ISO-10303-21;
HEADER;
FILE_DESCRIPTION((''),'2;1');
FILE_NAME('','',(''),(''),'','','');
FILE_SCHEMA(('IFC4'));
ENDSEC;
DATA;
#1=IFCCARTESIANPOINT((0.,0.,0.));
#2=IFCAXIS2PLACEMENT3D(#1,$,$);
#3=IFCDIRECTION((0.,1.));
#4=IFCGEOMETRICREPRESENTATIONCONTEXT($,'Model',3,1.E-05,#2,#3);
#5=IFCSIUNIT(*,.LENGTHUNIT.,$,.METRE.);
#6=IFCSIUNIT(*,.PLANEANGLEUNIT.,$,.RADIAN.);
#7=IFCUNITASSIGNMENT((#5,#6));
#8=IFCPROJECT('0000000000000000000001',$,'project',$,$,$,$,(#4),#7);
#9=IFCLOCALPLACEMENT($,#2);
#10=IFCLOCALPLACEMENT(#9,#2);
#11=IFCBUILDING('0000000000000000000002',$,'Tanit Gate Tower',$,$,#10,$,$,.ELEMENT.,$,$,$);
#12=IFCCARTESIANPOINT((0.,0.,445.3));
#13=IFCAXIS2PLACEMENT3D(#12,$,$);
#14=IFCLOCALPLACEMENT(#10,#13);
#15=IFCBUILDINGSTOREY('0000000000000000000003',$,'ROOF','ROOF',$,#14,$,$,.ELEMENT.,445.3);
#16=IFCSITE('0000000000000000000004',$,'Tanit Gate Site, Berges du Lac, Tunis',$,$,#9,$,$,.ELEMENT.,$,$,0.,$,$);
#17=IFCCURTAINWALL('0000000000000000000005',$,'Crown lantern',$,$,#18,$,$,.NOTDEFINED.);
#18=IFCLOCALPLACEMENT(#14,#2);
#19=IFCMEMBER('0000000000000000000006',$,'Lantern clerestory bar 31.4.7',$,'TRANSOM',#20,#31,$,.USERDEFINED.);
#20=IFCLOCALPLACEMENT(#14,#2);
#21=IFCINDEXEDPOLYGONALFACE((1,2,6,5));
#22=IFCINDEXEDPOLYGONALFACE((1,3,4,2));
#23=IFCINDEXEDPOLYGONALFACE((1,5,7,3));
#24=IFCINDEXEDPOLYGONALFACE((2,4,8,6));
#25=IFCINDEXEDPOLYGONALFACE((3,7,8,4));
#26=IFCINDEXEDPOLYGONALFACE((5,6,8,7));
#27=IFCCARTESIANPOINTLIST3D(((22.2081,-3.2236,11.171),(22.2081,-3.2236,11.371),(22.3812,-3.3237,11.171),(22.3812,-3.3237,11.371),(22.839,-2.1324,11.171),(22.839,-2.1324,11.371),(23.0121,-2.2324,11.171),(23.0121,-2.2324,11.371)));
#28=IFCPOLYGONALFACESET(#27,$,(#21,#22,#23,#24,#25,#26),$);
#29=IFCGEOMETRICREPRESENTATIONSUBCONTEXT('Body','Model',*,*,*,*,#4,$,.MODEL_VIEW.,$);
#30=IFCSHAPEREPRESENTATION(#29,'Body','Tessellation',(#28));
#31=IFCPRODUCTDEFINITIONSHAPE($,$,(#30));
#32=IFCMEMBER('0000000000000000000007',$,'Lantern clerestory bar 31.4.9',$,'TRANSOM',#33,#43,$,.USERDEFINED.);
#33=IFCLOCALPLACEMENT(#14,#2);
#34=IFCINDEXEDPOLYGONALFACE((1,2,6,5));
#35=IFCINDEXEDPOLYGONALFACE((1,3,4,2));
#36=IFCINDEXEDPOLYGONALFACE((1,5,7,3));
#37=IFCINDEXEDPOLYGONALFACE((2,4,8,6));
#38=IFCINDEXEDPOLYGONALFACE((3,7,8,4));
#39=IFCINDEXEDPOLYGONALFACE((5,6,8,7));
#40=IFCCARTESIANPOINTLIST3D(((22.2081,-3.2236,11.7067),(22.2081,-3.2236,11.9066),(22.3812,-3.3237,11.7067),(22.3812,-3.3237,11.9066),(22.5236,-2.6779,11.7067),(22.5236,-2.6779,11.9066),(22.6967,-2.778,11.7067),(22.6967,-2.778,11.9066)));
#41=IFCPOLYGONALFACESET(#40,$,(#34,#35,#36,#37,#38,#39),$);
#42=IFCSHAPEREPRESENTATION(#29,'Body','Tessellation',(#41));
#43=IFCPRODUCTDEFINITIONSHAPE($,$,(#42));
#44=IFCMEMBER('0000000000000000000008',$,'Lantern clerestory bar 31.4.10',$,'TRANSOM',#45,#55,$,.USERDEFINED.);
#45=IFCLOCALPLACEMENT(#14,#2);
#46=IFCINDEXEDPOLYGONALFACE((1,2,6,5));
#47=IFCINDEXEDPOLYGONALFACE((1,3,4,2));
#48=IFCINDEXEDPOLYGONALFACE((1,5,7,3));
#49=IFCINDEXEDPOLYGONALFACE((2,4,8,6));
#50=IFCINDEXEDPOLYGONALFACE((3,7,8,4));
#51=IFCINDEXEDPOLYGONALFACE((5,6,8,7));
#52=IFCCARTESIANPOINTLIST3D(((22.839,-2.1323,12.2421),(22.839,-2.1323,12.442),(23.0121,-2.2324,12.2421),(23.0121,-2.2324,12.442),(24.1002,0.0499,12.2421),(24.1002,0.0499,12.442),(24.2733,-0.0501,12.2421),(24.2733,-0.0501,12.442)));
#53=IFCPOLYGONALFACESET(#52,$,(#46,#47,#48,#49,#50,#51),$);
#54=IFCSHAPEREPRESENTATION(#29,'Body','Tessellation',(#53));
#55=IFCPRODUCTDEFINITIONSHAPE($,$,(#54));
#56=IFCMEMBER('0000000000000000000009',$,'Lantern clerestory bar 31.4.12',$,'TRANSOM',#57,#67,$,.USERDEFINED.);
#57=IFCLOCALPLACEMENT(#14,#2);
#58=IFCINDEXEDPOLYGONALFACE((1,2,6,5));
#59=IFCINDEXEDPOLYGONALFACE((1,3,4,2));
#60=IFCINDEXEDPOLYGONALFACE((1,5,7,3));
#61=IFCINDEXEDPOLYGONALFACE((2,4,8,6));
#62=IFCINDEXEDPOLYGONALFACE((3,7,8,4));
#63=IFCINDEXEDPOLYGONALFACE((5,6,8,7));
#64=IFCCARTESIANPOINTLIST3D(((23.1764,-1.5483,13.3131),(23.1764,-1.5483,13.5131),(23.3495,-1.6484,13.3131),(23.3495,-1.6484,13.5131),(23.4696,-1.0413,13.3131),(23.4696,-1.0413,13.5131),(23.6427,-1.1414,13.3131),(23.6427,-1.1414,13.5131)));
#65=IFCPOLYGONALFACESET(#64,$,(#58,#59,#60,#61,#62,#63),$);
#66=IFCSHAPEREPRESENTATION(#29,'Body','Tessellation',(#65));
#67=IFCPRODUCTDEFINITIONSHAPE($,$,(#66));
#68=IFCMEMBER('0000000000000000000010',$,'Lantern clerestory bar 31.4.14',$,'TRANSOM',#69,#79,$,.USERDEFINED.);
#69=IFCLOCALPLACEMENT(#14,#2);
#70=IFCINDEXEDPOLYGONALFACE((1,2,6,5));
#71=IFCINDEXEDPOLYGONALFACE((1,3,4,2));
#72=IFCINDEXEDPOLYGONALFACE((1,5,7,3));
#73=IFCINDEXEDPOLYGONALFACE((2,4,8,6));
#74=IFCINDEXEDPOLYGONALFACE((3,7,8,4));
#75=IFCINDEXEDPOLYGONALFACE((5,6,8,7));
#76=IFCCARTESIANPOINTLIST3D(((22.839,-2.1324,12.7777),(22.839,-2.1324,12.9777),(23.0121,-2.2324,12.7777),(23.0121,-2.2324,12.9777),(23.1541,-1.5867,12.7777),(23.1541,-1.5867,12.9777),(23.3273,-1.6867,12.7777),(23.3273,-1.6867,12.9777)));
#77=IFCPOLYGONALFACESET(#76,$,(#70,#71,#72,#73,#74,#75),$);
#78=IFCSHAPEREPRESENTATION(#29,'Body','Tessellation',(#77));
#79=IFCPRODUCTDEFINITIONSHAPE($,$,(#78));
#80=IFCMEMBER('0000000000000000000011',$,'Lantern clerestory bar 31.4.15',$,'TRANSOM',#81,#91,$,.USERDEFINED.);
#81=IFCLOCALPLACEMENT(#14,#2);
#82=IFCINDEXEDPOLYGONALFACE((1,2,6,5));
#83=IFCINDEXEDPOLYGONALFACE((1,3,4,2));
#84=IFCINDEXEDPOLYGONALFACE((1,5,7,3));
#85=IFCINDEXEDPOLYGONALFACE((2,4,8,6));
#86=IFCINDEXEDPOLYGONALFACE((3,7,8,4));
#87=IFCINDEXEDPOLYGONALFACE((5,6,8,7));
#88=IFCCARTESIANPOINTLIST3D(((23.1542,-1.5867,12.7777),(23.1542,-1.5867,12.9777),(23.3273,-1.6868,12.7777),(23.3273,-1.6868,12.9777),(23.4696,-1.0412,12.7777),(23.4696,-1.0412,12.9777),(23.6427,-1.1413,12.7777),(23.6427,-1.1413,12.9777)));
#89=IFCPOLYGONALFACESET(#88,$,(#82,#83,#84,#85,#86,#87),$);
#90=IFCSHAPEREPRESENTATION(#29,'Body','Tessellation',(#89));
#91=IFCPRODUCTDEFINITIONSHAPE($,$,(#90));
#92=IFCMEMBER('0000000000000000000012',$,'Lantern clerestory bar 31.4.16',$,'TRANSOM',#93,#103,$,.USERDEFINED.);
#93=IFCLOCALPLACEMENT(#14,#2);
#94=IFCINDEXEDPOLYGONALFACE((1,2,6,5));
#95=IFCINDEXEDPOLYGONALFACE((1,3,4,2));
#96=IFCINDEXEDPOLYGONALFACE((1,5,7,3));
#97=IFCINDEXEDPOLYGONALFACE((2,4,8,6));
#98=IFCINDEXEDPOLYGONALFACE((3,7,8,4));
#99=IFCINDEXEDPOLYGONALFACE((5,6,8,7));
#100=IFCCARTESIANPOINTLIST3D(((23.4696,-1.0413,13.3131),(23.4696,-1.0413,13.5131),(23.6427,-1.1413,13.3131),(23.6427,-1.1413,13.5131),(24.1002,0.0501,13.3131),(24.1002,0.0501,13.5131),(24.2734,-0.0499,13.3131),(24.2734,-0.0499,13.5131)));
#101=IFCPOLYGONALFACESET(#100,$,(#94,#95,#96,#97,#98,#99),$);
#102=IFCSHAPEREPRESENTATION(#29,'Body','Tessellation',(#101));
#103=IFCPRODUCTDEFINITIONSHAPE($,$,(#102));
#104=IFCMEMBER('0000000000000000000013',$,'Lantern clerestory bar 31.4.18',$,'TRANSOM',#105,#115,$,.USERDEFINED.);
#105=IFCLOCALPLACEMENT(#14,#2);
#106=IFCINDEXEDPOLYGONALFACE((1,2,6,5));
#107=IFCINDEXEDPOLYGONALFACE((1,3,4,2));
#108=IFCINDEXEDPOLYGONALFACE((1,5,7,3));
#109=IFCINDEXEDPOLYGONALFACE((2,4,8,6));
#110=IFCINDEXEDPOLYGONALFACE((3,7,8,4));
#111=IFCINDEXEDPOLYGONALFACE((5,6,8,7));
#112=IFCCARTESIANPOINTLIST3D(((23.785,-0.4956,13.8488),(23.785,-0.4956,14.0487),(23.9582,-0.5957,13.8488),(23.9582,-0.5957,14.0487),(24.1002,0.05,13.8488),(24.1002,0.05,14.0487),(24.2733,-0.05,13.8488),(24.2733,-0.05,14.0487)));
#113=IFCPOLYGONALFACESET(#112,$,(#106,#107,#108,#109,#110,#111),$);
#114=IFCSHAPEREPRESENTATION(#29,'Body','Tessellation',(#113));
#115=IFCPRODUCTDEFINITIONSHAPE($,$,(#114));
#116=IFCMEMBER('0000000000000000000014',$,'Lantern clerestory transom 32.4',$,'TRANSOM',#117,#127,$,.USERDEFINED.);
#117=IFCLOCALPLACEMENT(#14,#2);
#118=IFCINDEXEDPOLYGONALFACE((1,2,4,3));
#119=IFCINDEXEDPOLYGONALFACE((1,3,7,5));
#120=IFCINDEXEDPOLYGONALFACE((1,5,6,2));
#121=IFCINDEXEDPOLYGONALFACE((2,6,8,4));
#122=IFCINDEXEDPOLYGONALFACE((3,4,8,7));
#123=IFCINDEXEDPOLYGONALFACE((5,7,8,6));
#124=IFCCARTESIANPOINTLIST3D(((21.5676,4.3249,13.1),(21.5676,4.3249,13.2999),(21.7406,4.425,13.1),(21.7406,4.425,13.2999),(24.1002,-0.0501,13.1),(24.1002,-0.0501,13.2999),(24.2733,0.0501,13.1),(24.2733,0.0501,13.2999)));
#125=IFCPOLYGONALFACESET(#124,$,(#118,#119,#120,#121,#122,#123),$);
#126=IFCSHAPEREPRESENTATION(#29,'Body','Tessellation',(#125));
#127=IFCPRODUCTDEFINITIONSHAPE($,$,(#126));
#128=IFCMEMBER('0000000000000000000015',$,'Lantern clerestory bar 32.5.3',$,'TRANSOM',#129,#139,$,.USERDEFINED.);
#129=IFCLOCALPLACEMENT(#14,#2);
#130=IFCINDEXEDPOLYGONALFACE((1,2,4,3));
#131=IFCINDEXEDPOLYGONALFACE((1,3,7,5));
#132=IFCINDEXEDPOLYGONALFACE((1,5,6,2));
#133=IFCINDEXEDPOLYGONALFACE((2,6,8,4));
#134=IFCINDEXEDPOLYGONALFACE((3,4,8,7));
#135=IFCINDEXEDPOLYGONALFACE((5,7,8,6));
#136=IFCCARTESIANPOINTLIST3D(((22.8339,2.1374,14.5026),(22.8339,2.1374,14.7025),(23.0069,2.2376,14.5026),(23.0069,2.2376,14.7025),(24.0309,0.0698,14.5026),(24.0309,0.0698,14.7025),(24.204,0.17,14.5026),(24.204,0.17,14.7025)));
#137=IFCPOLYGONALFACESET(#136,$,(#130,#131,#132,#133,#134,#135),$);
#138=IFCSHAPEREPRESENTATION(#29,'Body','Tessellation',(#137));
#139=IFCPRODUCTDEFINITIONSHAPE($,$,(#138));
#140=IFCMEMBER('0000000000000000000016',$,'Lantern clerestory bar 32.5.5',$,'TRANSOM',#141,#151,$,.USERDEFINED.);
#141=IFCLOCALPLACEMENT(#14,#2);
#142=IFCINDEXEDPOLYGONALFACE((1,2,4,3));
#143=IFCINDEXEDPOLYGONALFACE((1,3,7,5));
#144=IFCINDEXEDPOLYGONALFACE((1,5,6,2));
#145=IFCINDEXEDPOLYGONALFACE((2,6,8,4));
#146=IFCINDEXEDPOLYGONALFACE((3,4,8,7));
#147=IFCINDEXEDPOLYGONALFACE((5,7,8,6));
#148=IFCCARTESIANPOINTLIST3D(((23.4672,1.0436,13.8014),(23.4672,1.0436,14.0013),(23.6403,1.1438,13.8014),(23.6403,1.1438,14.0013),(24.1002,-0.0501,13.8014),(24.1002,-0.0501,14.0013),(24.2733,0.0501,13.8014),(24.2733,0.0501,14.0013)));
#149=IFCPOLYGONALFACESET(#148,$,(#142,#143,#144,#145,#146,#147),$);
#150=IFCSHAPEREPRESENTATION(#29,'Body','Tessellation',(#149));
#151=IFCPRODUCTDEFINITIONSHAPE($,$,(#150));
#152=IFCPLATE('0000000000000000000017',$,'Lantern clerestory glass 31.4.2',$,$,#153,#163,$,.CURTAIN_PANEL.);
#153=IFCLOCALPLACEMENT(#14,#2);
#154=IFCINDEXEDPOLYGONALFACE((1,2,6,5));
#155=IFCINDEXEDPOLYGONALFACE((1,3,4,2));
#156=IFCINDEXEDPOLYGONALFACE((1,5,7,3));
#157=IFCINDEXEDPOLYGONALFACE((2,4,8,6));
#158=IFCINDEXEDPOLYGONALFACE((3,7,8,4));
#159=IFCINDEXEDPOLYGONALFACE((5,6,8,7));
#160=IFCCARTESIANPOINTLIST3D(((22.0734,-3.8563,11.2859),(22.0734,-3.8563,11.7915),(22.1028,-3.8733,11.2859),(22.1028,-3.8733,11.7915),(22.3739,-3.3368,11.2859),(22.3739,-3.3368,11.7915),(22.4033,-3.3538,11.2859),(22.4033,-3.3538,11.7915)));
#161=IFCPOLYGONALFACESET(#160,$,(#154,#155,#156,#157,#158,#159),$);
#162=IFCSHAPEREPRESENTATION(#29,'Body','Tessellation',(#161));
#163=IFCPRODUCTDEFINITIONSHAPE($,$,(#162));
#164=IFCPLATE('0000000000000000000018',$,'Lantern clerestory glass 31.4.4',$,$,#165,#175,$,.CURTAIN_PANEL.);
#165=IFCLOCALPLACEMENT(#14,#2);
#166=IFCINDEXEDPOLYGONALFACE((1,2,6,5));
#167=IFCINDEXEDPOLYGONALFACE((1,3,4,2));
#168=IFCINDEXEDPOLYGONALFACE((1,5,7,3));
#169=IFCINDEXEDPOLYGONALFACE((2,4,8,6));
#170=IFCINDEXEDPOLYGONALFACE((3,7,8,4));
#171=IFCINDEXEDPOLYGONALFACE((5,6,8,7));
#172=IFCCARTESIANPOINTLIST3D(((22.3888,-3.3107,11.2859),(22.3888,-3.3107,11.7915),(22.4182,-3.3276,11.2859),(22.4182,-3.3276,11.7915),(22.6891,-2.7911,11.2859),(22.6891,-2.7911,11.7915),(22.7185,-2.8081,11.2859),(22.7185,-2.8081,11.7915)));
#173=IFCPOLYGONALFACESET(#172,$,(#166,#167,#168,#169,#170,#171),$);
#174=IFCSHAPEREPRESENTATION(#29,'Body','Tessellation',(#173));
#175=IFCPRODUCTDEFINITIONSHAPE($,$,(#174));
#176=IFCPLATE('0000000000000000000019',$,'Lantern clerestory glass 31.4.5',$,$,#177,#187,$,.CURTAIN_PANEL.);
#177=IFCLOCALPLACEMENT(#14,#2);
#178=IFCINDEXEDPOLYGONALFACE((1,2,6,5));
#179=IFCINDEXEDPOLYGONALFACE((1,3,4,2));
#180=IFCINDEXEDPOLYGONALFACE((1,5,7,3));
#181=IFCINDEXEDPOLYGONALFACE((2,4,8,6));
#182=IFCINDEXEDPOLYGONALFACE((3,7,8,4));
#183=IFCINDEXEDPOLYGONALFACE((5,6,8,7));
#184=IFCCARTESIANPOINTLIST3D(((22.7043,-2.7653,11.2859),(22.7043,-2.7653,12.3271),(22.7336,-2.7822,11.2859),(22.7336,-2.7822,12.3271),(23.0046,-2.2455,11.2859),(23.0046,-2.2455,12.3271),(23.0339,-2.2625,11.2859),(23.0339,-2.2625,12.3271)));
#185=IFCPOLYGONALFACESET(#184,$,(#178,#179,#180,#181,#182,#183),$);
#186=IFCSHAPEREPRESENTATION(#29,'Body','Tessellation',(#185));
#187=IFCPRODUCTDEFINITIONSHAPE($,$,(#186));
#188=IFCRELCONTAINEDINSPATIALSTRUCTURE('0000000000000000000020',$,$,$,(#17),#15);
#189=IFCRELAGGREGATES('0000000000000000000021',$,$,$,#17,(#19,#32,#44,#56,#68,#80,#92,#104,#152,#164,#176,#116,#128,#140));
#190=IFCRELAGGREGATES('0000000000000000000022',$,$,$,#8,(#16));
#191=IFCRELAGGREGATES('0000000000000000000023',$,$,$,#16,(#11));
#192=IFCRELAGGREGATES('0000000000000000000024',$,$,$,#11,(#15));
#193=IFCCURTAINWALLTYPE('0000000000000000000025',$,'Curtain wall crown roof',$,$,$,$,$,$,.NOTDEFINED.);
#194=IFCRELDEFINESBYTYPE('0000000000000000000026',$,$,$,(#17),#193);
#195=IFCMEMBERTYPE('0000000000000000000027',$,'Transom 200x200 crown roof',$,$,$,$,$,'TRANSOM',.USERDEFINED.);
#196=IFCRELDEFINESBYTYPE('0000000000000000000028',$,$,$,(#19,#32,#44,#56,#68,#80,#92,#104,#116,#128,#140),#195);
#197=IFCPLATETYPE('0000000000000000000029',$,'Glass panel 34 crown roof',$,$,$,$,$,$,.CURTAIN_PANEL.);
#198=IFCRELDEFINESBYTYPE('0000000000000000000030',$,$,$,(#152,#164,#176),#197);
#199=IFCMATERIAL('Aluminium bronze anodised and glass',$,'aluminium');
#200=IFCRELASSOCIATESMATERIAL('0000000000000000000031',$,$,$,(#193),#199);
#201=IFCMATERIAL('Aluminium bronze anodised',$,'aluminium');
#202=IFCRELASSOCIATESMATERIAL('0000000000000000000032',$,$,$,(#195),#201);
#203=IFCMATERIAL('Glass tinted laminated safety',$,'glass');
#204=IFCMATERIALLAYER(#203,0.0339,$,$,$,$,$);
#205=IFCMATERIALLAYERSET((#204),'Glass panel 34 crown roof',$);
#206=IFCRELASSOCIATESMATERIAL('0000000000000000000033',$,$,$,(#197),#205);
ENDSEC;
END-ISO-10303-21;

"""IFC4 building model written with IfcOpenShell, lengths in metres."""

from ifc_helpers import new_model, si_unit, direction, frame, origin, origin_2d, place, context, subcontext, project, spatial, polyline, rectangle, outline, extrude, material, layer, layer_set, material_profile, profile_set, type_object, element, aggregate, save


model = new_model("IFC4")

# Units and contexts
model_context = context("Model", 3, precision=1e-05, world=origin(), true_north=direction((0.0, 1.0)))
body_context = subcontext(model_context, "Body", "Model", "MODEL_VIEW")
ifc_project = project(units=[si_unit("LENGTHUNIT", "METRE"), si_unit("PLANEANGLEUNIT", "RADIAN")], contexts=[model_context])

# Site, building, storey
site_placement = place(None, origin())
site = spatial("IfcSite", under=ifc_project, at=site_placement, Name="Tanit Gate Site, Berges du Lac, Tunis", CompositionType="ELEMENT", RefElevation=0.0)
building_placement = place(site_placement, origin())
building = spatial("IfcBuilding", under=site, at=building_placement, Name="Tanit Gate Tower", CompositionType="ELEMENT")
storey_placement = place(building_placement, frame((0.0, 0.0, 445.3)))
storey = spatial("IfcBuildingStorey", under=building, at=storey_placement, Name="ROOF", Description="ROOF", CompositionType="ELEMENT", Elevation=445.3)

# Curtain wall, members, plates
ifc_material_1 = material(Name="Aluminium bronze anodised and glass", Category="aluminium")
curtain_wall_type = type_object("IfcCurtainWallType", Name="Curtain wall crown roof", PredefinedType="NOTDEFINED", material=ifc_material_1)
curtain_wall_placement = place(storey_placement, origin())
curtain_wall = element("IfcCurtainWall", 1, at=curtain_wall_placement, inside=storey, type_object=curtain_wall_type, Name="Crown lantern", PredefinedType="NOTDEFINED")
ifc_material_2 = material(Name="Aluminium bronze anodised", Category="aluminium")
ifc_material_profile_1 = material_profile(ifc_material_2, rectangle(XDim=0.2, YDim=0.2, at=origin_2d()), Name="200x200 bronze transom")
ifc_profile_set_1 = profile_set([ifc_material_profile_1], Name="Aluminium bronze anodised")
member_type_1 = type_object("IfcMemberType", Name="Transom 200x200 crown roof", ElementType="TRANSOM", PredefinedType="USERDEFINED", material=ifc_profile_set_1)
member_1_placement = place(storey_placement, frame((22.2947, -3.2737, 11.271), z_axis=(0.500471, 0.865753, 0.0), x_axis=(-0.865753, 0.500471, 0.0)))
member_1 = element("IfcMember", 2, at=member_1_placement, type_object=member_type_1, Name="Lantern clerestory bar 31.4.7", ObjectType="TRANSOM", PredefinedType="USERDEFINED", context=body_context, shape_type="SweptSolid", body=[
    extrude(rectangle(XDim=0.2, YDim=0.2, at=origin_2d()), origin(), (0.0, 0.0, 1.0), 1.2605),
])
member_2_placement = place(storey_placement, frame((22.2947, -3.2737, 11.8066), z_axis=(0.500471, 0.865753, 0.0), x_axis=(-0.865753, 0.500471, 0.0)))
member_2 = element("IfcMember", 3, at=member_2_placement, type_object=member_type_1, Name="Lantern clerestory bar 31.4.9", ObjectType="TRANSOM", PredefinedType="USERDEFINED", context=body_context, shape_type="SweptSolid", body=[
    extrude(rectangle(XDim=0.2, YDim=0.2, at=origin_2d()), origin(), (0.0, 0.0, 1.0), 0.6304),
])
member_3_placement = place(storey_placement, frame((22.9255, -2.1824, 12.342), z_axis=(0.500368, 0.865813, 0.0), x_axis=(-0.865813, 0.500368, 0.0)))
member_3 = element("IfcMember", 4, at=member_3_placement, type_object=member_type_1, Name="Lantern clerestory bar 31.4.10", ObjectType="TRANSOM", PredefinedType="USERDEFINED", context=body_context, shape_type="SweptSolid", body=[
    extrude(rectangle(XDim=0.2, YDim=0.2, at=origin_2d()), origin(), (0.0, 0.0, 1.0), 2.5205),
])
member_4_placement = place(storey_placement, frame((23.2629, -1.5984, 13.4131), z_axis=(0.500576, 0.865692, 0.0), x_axis=(-0.865692, 0.500576, 0.0)))
member_4 = element("IfcMember", 5, at=member_4_placement, type_object=member_type_1, Name="Lantern clerestory bar 31.4.12", ObjectType="TRANSOM", PredefinedType="USERDEFINED", context=body_context, shape_type="SweptSolid", body=[
    extrude(rectangle(XDim=0.2, YDim=0.2, at=origin_2d()), origin(), (0.0, 0.0, 1.0), 0.5857),
])
member_5_placement = place(storey_placement, frame((22.9255, -2.1824, 12.8777), z_axis=(0.500181, 0.865921, 0.0), x_axis=(-0.865921, 0.500181, 0.0)))
member_5 = element("IfcMember", 6, at=member_5_placement, type_object=member_type_1, Name="Lantern clerestory bar 31.4.14", ObjectType="TRANSOM", PredefinedType="USERDEFINED", context=body_context, shape_type="SweptSolid", body=[
    extrude(rectangle(XDim=0.2, YDim=0.2, at=origin_2d()), origin(), (0.0, 0.0, 1.0), 0.6301),
])
member_6_placement = place(storey_placement, frame((23.2407, -1.6367, 12.8777), z_axis=(0.500639, 0.865656, 0.0), x_axis=(-0.865656, 0.500639, 0.0)))
member_6 = element("IfcMember", 7, at=member_6_placement, type_object=member_type_1, Name="Lantern clerestory bar 31.4.15", ObjectType="TRANSOM", PredefinedType="USERDEFINED", context=body_context, shape_type="SweptSolid", body=[
    extrude(rectangle(XDim=0.2, YDim=0.2, at=origin_2d()), origin(), (0.0, 0.0, 1.0), 0.6301),
])
member_7_placement = place(storey_placement, frame((23.5562, -1.0913, 13.4131), z_axis=(0.500326, 0.865837, 0.0), x_axis=(-0.865837, 0.500326, 0.0)))
member_7 = element("IfcMember", 8, at=member_7_placement, type_object=member_type_1, Name="Lantern clerestory bar 31.4.16", ObjectType="TRANSOM", PredefinedType="USERDEFINED", context=body_context, shape_type="SweptSolid", body=[
    extrude(rectangle(XDim=0.2, YDim=0.2, at=origin_2d()), origin(), (0.0, 0.0, 1.0), 1.2605),
])
member_8_placement = place(storey_placement, frame((23.8716, -0.5457, 13.9487), z_axis=(0.500181, 0.865921, 0.0), x_axis=(-0.865921, 0.500181, 0.0)))
member_8 = element("IfcMember", 9, at=member_8_placement, type_object=member_type_1, Name="Lantern clerestory bar 31.4.18", ObjectType="TRANSOM", PredefinedType="USERDEFINED", context=body_context, shape_type="SweptSolid", body=[
    extrude(rectangle(XDim=0.2, YDim=0.2, at=origin_2d()), origin(), (0.0, 0.0, 1.0), 0.6301),
])
member_9_placement = place(storey_placement, frame((24.1868, 0.0, 13.2), z_axis=(-0.50101, 0.865442, 0.0), x_axis=(-0.865442, -0.50101, 0.0)))
member_9 = element("IfcMember", 10, at=member_9_placement, type_object=member_type_1, Name="Lantern clerestory transom 32.4", ObjectType="TRANSOM", PredefinedType="USERDEFINED", context=body_context, shape_type="SweptSolid", body=[
    extrude(rectangle(XDim=0.2, YDim=0.2, at=origin_2d()), origin(), (0.0, 0.0, 1.0), 5.0552),
])
member_10_placement = place(storey_placement, frame((24.1174, 0.1199, 14.6025), z_axis=(-0.501028, 0.865431, 0.0), x_axis=(-0.865431, -0.501028, 0.0)))
member_10 = element("IfcMember", 11, at=member_10_placement, type_object=member_type_1, Name="Lantern clerestory bar 32.5.3", ObjectType="TRANSOM", PredefinedType="USERDEFINED", context=body_context, shape_type="SweptSolid", body=[
    extrude(rectangle(XDim=0.2, YDim=0.2, at=origin_2d()), origin(), (0.0, 0.0, 1.0), 2.3892),
])
member_11_placement = place(storey_placement, frame((24.1868, 0.0, 13.9014), z_axis=(-0.500937, 0.865484, 0.0), x_axis=(-0.865484, -0.500937, 0.0)))
member_11 = element("IfcMember", 12, at=member_11_placement, type_object=member_type_1, Name="Lantern clerestory bar 32.5.5", ObjectType="TRANSOM", PredefinedType="USERDEFINED", context=body_context, shape_type="SweptSolid", body=[
    extrude(rectangle(XDim=0.2, YDim=0.2, at=origin_2d()), origin(), (0.0, 0.0, 1.0), 1.2637),
])
ifc_material_3 = material(Name="Glass tinted laminated safety", Category="glass")
ifc_layer = layer(ifc_material_3, 0.0339)
ifc_layer_set = layer_set([ifc_layer], Name="Glass panel 34 crown roof")
plate_type = type_object("IfcPlateType", Name="Glass panel 34 crown roof", PredefinedType="CURTAIN_PANEL", material=ifc_layer_set)
plate_1_placement = place(storey_placement, frame((22.1028, -3.8733, 11.2859), z_axis=(0.865603, -0.500732, 0.0), x_axis=(0.500732, 0.865603, 0.0)))
plate_1 = element("IfcPlate", 13, at=plate_1_placement, type_object=plate_type, Name="Lantern clerestory glass 31.4.2", PredefinedType="CURTAIN_PANEL", context=body_context, shape_type="SweptSolid", body=[
    extrude(outline(polyline([(0.0, 0.0), (0.6002, 0.0), (0.6002, 0.5056), (0.0, 0.5056), (0.0, 0.0)])), origin(), (0.0, 0.0, -1.0), 0.0339),
])
plate_2_placement = place(storey_placement, frame((22.4182, -3.3276, 11.2859), z_axis=(0.865779, -0.500427, 0.0), x_axis=(0.500427, 0.865779, 0.0)))
plate_2 = element("IfcPlate", 14, at=plate_2_placement, type_object=plate_type, Name="Lantern clerestory glass 31.4.4", PredefinedType="CURTAIN_PANEL", context=body_context, shape_type="SweptSolid", body=[
    extrude(outline(polyline([(0.0, 0.0), (0.6001, 0.0), (0.6001, 0.5056), (0.0, 0.5056), (0.0, 0.0)])), origin(), (0.0, 0.0, -1.0), 0.0339),
])
plate_3_placement = place(storey_placement, frame((22.7336, -2.7822, 11.2859), z_axis=(0.865881, -0.50025, 0.0), x_axis=(0.50025, 0.865881, 0.0)))
plate_3 = element("IfcPlate", 15, at=plate_3_placement, type_object=plate_type, Name="Lantern clerestory glass 31.4.5", PredefinedType="CURTAIN_PANEL", context=body_context, shape_type="SweptSolid", body=[
    extrude(outline(polyline([(0.0, 0.0), (0.6003, 0.0), (0.6003, 1.0413), (0.0, 1.0413), (0.0, 0.0)])), origin(), (0.0, 0.0, -1.0), 0.0339),
])
aggregate(curtain_wall, [member_1, member_2, member_3, member_4, member_5, member_6, member_7, member_8, plate_1, plate_2, plate_3, member_9, member_10, member_11])

save(model, "model.ifc")
